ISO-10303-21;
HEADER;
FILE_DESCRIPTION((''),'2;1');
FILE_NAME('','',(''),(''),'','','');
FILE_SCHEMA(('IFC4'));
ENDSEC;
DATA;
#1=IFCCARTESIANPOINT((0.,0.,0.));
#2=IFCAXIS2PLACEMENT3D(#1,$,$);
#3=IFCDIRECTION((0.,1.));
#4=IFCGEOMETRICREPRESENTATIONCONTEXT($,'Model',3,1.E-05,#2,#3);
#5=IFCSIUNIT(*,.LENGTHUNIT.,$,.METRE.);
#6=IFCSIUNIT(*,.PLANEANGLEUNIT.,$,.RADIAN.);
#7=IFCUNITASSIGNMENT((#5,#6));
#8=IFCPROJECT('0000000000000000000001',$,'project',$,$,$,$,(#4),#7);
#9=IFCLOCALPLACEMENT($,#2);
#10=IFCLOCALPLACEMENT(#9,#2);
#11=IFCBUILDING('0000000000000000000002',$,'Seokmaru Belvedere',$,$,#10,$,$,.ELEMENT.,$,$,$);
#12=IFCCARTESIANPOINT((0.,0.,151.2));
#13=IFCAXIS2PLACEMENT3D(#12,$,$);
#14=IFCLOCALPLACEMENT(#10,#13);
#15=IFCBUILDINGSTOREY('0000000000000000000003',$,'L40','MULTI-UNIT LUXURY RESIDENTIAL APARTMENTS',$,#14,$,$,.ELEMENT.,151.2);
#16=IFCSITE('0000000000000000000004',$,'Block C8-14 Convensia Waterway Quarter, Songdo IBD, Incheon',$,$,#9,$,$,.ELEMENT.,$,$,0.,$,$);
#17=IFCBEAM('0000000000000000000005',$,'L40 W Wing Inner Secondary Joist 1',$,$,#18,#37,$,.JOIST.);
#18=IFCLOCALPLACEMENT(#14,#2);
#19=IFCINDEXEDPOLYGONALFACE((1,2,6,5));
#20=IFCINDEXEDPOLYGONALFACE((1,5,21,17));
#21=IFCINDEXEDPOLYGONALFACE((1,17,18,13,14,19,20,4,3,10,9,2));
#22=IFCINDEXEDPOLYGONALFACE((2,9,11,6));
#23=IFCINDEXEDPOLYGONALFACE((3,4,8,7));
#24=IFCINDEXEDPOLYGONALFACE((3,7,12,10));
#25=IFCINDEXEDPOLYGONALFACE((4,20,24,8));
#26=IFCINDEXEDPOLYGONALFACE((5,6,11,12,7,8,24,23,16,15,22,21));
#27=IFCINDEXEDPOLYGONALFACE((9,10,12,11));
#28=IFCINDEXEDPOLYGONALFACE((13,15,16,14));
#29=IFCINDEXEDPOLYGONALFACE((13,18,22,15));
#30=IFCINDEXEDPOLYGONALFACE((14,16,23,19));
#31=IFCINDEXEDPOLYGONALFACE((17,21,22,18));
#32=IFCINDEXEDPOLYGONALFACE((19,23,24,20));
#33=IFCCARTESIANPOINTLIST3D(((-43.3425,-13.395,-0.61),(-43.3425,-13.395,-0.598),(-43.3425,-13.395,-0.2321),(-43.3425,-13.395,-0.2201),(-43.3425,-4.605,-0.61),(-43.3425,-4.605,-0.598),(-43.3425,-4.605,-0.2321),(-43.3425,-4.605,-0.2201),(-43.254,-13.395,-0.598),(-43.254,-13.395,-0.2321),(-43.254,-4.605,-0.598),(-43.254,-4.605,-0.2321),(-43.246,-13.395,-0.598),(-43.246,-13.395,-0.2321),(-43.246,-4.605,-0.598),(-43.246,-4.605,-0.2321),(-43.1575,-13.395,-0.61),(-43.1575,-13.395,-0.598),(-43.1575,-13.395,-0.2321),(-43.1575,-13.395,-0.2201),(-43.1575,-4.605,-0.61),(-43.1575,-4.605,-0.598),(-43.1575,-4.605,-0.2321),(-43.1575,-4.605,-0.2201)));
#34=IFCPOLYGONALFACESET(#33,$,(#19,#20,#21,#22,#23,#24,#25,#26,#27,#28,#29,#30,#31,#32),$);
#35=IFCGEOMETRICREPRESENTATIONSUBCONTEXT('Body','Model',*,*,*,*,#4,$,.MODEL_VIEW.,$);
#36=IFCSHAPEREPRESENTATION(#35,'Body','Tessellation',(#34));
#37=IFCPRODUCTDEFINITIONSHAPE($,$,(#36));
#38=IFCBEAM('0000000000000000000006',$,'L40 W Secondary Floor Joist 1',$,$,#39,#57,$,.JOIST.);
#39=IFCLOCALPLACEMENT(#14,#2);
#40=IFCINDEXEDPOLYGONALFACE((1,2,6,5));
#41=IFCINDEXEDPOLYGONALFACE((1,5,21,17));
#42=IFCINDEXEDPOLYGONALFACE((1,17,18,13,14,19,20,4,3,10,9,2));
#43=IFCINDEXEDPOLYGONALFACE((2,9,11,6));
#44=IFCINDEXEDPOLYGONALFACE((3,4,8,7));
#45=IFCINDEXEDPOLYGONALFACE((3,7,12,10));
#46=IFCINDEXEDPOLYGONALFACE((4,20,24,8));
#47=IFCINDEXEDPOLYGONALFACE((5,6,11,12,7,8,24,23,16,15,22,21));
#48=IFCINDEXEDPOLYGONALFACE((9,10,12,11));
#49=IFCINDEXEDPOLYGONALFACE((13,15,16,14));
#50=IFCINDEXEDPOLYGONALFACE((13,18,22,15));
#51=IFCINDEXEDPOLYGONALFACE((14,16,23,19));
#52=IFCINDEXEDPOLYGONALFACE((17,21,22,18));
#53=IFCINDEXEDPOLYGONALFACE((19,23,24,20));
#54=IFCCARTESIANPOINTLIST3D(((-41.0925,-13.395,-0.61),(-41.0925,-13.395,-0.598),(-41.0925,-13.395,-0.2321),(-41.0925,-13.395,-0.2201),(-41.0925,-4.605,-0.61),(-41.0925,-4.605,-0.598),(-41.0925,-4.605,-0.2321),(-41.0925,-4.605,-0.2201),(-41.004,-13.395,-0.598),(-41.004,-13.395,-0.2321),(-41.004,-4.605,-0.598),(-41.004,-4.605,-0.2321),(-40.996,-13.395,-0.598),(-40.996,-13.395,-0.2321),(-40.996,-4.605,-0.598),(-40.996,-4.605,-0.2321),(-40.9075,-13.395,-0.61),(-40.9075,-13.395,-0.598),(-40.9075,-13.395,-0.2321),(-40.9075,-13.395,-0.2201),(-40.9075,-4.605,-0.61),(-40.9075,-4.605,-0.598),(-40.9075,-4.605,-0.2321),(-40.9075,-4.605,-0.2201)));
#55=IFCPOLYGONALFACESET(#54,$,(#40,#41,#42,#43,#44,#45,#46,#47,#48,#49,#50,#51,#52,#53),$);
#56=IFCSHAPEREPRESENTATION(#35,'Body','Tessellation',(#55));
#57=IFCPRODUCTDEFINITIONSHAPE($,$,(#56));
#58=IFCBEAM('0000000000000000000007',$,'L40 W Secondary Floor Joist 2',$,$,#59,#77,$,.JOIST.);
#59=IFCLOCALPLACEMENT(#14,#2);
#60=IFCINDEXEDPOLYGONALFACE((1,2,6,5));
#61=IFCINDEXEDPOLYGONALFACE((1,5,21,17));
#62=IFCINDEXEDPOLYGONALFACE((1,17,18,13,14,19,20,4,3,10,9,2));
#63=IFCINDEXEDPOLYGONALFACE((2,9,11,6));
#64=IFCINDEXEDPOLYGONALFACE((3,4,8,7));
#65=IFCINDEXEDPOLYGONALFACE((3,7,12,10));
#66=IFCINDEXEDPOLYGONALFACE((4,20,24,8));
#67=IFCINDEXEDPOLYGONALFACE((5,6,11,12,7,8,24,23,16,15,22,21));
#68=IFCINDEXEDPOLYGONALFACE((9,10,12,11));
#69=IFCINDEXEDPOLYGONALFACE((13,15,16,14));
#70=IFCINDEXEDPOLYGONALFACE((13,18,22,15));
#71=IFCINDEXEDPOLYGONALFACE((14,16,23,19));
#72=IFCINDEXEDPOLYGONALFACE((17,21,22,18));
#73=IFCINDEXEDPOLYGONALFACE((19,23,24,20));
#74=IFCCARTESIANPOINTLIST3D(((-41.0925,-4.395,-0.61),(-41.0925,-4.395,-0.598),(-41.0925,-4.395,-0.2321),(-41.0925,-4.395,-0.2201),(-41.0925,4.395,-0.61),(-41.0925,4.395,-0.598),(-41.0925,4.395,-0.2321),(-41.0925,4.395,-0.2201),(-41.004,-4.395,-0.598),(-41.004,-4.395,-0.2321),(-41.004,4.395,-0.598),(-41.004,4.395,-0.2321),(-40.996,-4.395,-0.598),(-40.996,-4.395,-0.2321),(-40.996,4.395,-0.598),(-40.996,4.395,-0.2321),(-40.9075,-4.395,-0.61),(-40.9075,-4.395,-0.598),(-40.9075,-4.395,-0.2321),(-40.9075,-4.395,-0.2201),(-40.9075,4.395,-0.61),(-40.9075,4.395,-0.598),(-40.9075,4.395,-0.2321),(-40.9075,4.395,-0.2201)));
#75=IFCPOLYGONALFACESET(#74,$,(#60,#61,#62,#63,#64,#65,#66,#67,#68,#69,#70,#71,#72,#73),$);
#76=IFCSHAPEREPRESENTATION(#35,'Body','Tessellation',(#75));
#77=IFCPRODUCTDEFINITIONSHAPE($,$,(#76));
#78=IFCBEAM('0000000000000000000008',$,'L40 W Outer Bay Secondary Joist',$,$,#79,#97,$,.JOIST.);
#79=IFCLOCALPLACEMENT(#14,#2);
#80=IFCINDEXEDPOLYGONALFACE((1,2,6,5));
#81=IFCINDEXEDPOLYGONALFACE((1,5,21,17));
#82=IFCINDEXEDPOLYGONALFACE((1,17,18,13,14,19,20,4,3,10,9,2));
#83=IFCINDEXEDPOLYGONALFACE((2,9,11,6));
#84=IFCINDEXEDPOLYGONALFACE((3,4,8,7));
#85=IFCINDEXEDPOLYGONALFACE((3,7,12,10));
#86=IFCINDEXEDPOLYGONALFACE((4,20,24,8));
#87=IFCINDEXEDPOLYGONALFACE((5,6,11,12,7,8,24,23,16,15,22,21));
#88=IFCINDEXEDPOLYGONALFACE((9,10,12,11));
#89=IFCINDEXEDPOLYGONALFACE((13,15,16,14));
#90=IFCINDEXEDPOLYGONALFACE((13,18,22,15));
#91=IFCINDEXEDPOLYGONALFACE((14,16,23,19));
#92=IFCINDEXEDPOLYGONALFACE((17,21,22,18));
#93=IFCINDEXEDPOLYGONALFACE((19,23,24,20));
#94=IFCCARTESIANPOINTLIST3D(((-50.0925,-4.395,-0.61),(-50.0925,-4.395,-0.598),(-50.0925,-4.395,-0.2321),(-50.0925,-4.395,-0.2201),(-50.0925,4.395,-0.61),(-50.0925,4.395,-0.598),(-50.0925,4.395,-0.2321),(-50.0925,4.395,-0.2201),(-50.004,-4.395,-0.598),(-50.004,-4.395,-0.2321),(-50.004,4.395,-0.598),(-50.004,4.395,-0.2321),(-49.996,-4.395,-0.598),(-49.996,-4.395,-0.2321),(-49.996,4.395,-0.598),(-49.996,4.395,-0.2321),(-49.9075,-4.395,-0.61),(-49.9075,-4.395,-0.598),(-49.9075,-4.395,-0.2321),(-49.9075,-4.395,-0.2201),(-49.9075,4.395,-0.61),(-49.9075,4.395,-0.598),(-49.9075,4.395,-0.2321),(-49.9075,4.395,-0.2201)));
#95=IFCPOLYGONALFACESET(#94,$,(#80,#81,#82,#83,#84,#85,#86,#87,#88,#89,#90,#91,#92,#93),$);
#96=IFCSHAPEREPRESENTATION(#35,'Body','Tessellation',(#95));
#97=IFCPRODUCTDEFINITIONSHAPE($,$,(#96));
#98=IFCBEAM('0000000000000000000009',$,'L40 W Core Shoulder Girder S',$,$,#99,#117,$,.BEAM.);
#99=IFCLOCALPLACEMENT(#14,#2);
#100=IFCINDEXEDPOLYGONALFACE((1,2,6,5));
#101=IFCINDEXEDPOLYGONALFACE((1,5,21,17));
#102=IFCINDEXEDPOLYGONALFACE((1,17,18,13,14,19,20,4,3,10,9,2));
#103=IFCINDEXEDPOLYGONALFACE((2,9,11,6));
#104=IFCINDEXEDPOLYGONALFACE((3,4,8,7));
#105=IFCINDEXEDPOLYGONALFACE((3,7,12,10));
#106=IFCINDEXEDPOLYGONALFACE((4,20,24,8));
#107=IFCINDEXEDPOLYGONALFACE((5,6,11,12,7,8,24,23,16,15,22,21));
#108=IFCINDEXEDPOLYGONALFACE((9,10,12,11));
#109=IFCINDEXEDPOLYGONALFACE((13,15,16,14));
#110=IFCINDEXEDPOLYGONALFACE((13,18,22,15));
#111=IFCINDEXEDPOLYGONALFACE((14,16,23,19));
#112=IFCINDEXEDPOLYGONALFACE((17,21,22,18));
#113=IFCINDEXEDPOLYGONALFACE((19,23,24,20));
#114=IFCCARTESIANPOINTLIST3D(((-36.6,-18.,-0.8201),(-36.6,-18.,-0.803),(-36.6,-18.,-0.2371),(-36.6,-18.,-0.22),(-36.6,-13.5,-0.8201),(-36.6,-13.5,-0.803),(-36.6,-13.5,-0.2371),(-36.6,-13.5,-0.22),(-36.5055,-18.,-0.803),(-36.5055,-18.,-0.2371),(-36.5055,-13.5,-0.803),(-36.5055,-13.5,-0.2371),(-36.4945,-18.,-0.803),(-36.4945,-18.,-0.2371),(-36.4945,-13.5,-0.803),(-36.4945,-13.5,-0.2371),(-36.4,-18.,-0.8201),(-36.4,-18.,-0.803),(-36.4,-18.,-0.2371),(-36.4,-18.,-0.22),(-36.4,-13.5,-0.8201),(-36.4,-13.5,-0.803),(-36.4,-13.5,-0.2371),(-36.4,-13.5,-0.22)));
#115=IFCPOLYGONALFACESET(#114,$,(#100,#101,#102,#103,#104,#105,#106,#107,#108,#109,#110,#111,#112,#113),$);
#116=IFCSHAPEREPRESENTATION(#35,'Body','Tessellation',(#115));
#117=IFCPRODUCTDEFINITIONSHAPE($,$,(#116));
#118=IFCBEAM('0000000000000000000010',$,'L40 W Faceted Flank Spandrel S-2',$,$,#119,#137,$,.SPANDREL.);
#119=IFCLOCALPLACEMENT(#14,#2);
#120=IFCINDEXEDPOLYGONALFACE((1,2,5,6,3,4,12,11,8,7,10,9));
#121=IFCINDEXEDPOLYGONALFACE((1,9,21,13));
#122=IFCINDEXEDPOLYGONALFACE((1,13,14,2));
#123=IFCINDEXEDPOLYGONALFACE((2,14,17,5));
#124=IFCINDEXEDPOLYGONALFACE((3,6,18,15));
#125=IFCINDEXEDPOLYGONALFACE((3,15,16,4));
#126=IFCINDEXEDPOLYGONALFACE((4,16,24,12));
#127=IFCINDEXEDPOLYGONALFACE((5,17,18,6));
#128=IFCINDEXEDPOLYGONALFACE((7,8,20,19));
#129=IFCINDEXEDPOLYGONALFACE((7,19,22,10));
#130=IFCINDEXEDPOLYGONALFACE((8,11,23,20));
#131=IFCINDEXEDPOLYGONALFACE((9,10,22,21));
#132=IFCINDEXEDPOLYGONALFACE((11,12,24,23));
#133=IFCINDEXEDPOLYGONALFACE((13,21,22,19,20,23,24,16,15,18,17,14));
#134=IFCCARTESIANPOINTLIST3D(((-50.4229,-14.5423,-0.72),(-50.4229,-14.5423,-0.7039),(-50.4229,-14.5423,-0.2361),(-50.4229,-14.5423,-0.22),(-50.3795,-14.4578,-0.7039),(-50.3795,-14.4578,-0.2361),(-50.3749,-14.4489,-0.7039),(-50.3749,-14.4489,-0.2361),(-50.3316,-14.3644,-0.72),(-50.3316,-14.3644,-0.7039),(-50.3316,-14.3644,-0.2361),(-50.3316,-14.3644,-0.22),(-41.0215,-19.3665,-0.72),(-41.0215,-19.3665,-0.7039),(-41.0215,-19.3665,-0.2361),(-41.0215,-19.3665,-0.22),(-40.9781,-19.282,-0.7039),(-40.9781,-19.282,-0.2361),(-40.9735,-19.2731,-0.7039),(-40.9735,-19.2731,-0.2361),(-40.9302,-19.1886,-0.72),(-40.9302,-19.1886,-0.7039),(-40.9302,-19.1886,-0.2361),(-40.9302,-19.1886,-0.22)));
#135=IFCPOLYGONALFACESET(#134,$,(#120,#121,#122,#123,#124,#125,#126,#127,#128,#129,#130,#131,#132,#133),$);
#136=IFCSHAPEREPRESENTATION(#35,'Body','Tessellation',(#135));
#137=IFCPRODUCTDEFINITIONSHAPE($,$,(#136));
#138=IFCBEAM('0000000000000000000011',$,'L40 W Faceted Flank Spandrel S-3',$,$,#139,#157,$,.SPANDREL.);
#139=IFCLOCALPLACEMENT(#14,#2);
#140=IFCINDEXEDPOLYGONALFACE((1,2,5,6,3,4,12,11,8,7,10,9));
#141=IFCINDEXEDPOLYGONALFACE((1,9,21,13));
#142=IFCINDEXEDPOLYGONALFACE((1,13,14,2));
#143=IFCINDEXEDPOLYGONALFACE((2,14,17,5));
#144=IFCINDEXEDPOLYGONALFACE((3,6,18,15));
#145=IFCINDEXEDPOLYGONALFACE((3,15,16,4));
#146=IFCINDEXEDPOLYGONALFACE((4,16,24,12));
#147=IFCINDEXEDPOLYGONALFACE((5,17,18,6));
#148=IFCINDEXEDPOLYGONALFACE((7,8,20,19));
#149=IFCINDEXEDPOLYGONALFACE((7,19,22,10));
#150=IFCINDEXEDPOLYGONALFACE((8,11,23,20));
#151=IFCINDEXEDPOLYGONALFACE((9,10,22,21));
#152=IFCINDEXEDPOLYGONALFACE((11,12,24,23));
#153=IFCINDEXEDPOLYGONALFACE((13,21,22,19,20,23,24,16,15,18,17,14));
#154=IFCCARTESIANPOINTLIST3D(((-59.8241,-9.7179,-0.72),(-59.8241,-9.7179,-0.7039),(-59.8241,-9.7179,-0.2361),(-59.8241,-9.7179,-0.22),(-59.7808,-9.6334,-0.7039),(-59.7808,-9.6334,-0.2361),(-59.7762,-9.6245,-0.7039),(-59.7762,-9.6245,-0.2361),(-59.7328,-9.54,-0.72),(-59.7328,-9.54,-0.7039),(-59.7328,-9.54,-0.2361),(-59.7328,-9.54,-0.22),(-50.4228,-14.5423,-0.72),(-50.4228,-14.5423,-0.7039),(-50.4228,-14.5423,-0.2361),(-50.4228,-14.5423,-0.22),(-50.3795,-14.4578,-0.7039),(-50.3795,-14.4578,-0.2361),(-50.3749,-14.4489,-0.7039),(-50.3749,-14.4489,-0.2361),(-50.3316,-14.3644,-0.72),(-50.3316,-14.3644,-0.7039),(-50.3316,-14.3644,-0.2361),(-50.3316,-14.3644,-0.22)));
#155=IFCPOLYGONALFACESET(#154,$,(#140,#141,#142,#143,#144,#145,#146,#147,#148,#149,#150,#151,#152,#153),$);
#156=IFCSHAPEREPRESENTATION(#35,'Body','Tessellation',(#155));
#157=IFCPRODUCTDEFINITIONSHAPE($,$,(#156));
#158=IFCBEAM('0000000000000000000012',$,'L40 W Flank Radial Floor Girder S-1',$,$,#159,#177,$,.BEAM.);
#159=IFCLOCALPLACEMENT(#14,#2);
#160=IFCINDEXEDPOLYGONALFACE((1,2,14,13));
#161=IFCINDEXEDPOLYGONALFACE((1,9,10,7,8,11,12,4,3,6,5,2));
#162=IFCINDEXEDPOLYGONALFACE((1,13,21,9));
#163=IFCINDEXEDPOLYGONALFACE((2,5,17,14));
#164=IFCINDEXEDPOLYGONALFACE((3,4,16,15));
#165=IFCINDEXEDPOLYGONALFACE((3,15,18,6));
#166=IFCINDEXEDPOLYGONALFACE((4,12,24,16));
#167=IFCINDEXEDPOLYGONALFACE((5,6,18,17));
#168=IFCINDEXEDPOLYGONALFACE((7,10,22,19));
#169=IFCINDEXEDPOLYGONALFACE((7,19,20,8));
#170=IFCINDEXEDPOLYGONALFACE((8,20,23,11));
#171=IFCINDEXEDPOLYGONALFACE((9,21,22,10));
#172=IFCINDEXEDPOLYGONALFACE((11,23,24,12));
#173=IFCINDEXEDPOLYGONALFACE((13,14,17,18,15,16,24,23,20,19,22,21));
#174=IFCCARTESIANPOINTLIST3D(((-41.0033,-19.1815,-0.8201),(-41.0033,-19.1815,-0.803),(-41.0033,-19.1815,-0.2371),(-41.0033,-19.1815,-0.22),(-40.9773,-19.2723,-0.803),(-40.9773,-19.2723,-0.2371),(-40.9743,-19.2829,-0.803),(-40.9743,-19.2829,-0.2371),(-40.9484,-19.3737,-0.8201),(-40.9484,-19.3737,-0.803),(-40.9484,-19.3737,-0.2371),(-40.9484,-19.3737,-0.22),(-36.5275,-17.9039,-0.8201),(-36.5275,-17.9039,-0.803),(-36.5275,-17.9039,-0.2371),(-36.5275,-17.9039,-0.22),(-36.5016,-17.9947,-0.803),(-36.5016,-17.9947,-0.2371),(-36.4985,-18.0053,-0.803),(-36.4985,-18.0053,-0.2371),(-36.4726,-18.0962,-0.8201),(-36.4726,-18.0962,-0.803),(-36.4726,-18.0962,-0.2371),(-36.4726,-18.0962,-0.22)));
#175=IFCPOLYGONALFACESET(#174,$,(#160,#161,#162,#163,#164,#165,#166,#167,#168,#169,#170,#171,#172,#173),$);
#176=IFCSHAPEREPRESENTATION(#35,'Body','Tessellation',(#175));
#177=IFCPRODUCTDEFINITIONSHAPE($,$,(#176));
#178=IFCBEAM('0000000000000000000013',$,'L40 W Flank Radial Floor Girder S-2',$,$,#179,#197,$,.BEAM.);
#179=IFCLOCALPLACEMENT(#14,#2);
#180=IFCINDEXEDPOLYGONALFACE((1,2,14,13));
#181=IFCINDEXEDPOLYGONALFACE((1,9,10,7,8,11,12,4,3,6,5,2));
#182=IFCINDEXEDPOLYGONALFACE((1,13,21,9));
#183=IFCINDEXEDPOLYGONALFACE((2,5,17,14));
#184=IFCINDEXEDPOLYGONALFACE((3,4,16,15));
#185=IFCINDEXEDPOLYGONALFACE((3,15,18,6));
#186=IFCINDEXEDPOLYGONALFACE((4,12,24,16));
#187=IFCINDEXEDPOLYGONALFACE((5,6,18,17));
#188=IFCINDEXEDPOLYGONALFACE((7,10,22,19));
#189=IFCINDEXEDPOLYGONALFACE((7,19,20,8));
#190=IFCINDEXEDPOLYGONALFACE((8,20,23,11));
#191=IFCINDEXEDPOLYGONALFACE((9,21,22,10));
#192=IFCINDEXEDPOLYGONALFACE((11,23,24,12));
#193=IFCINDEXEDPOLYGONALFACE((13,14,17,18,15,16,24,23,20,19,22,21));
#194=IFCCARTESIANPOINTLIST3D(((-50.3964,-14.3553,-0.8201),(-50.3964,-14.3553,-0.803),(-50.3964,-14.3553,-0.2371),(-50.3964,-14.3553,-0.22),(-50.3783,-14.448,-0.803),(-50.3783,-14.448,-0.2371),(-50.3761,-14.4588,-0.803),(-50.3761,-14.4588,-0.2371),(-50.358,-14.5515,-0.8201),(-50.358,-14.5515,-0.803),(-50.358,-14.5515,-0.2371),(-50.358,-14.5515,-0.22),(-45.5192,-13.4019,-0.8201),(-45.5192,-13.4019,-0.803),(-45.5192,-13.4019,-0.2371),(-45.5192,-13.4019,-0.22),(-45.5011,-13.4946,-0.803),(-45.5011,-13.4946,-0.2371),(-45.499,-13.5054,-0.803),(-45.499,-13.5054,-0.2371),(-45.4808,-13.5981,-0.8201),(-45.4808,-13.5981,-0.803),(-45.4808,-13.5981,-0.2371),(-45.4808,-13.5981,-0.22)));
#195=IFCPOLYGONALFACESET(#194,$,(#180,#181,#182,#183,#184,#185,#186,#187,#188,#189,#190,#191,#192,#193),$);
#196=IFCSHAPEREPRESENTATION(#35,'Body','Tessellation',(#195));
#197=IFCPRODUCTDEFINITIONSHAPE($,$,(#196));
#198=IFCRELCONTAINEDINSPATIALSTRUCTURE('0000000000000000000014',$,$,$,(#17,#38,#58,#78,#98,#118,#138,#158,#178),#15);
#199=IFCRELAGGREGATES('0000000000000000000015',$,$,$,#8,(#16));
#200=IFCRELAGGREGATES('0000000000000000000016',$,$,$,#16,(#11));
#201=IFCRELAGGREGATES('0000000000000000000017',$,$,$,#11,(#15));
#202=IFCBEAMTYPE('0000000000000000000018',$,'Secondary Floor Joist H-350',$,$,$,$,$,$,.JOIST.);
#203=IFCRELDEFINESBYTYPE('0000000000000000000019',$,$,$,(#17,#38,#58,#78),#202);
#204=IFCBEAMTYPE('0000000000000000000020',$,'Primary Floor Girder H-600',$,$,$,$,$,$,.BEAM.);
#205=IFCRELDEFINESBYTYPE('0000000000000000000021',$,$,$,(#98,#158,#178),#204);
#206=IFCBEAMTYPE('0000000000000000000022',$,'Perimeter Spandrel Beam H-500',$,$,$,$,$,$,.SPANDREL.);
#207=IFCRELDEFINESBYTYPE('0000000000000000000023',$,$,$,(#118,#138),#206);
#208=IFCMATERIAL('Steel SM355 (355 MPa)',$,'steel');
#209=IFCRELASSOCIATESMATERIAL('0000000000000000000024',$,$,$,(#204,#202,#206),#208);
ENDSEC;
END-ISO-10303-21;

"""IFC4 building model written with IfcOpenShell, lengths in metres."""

from ifc_helpers import new_model, si_unit, direction, frame, origin, origin_2d, place, context, subcontext, project, spatial, i_section, extrude, source, transform, mapped, material, material_profile, profile_set, type_object, type_shapes, element, save


model = new_model("IFC4")

# Units and contexts
model_context = context("Model", 3, precision=1e-05, world=origin(), true_north=direction((0.0, 1.0)))
body_context = subcontext(model_context, "Body", "Model", "MODEL_VIEW")
ifc_project = project(units=[si_unit("LENGTHUNIT", "METRE"), si_unit("PLANEANGLEUNIT", "RADIAN")], contexts=[model_context])

# Site, building, storey
site_placement = place(None, origin())
site = spatial("IfcSite", under=ifc_project, at=site_placement, Name="Block C8-14 Convensia Waterway Quarter, Songdo IBD, Incheon", CompositionType="ELEMENT", RefElevation=0.0)
building_placement = place(site_placement, origin())
building = spatial("IfcBuilding", under=site, at=building_placement, Name="Seokmaru Belvedere", CompositionType="ELEMENT")
storey_placement = place(building_placement, frame((0.0, 0.0, 151.2)))
storey = spatial("IfcBuildingStorey", under=building, at=storey_placement, Name="L40", Description="MULTI-UNIT LUXURY RESIDENTIAL APARTMENTS", CompositionType="ELEMENT", Elevation=151.2)

# Shared definitions
ifc_material_1 = material(Name="Steel SM355 (355 MPa)", Category="steel")

# Beams
ifc_material_profile_1 = material_profile(ifc_material_1, i_section(OverallWidth=0.2, OverallDepth=0.6001, WebThickness=0.011, FlangeThickness=0.0171, at=origin_2d()), Name="H-600x200x11x17")
ifc_profile_set_1 = profile_set([ifc_material_profile_1], Name="Steel SM355 (355 MPa)")
beam_type_1 = type_object("IfcBeamType", Name="Primary Floor Girder H-600", PredefinedType="BEAM", material=ifc_profile_set_1)
ifc_material_profile_2 = material_profile(ifc_material_1, i_section(OverallWidth=0.1851, OverallDepth=0.3899, WebThickness=0.0081, FlangeThickness=0.012, at=origin_2d()), Name="H-390x185x8x12")
ifc_profile_set_2 = profile_set([ifc_material_profile_2], Name="Steel SM355 (355 MPa)")
beam_type_2 = type_object("IfcBeamType", Name="Secondary Floor Joist H-350", PredefinedType="JOIST", material=ifc_profile_set_2)
shared_shape_1 = source(origin(), body_context, "Body", "SweptSolid", [
    extrude(i_section(OverallWidth=0.1851, OverallDepth=0.3899, WebThickness=0.0081, FlangeThickness=0.012, at=origin_2d()), origin(), (0.0, 0.0, 1.0), 8.79),
])
type_shapes(beam_type_2, [shared_shape_1])
for number, where, z_axis, x_axis, name in (
    (1, (-43.25, -13.395, -0.415), (0.0, 1.0, 0.0), (-1.0, 0.0, 0.0), "L40 W Wing Inner Secondary Joist 1"),
    (2, (-41.0, -13.395, -0.415), (0.0, 1.0, 0.0), (-1.0, 0.0, 0.0), "L40 W Secondary Floor Joist 1"),
    (3, (-41.0, -4.395, -0.415), (0.0, 1.0, 0.0), (-1.0, 0.0, 0.0), "L40 W Secondary Floor Joist 2"),
    (4, (-50.0, -4.395, -0.415), (0.0, 1.0, 0.0), (-1.0, 0.0, 0.0), "L40 W Outer Bay Secondary Joist"),
):
    element("IfcBeam", number, at=place(storey_placement, frame(where, z_axis=z_axis, x_axis=x_axis)), inside=storey, type_object=beam_type_2, Name=name, PredefinedType="JOIST", context=body_context, shape_type="MappedRepresentation", body=[
        mapped(shared_shape_1, transform((0.0, 0.0, 0.0), scale=1.0)),
    ])
shared_shape_2 = source(origin(), body_context, "Body", "SweptSolid", [
    extrude(i_section(OverallWidth=0.2, OverallDepth=0.6001, WebThickness=0.011, FlangeThickness=0.0171, at=origin_2d()), origin(), (0.0, 0.0, 1.0), 4.5),
])
beam_1_placement = place(storey_placement, frame((-36.5, -18.0, -0.52), z_axis=(0.0, 1.0, 0.0), x_axis=(-1.0, 0.0, 0.0)))
element("IfcBeam", 5, at=beam_1_placement, inside=storey, type_object=beam_type_1, Name="L40 W Core Shoulder Girder S", PredefinedType="BEAM", context=body_context, shape_type="MappedRepresentation", body=[
    mapped(shared_shape_2, transform((0.0, 0.0, 0.0), scale=1.0)),
])
ifc_material_profile_3 = material_profile(ifc_material_1, i_section(OverallWidth=0.2, OverallDepth=0.5, WebThickness=0.01, FlangeThickness=0.0161, at=origin_2d()), Name="H-500x200x10x16")
ifc_profile_set_3 = profile_set([ifc_material_profile_3], Name="Steel SM355 (355 MPa)")
beam_type_3 = type_object("IfcBeamType", Name="Perimeter Spandrel Beam H-500", PredefinedType="SPANDREL", material=ifc_profile_set_3)
shared_shape_3 = source(origin(), body_context, "Body", "SweptSolid", [
    extrude(i_section(OverallWidth=0.2, OverallDepth=0.5, WebThickness=0.01, FlangeThickness=0.0161, at=origin_2d()), origin(), (0.0, 0.0, 1.0), 10.5669),
])
type_shapes(beam_type_3, [shared_shape_3])
for number, where, z_axis, x_axis, name in (
    (6, (-40.9758, -19.2776, -0.47), (-0.889702, 0.456542, 0.0), (-0.456542, -0.889702, 0.0), "L40 W Faceted Flank Spandrel S-2"),
    (7, (-50.3772, -14.4534, -0.47), (-0.889693, 0.45656, 0.0), (-0.45656, -0.889693, 0.0), "L40 W Faceted Flank Spandrel S-3"),
):
    element("IfcBeam", number, at=place(storey_placement, frame(where, z_axis=z_axis, x_axis=x_axis)), inside=storey, type_object=beam_type_3, Name=name, PredefinedType="SPANDREL", context=body_context, shape_type="MappedRepresentation", body=[
        mapped(shared_shape_3, transform((0.0, 0.0, 0.0), scale=1.0)),
    ])
shared_shape_4 = source(origin(), body_context, "Body", "SweptSolid", [
    extrude(i_section(OverallWidth=0.2, OverallDepth=0.6001, WebThickness=0.011, FlangeThickness=0.0171, at=origin_2d()), origin(), (0.0, 0.0, 1.0), 4.6545),
])
beam_2_placement = place(storey_placement, frame((-40.9758, -19.2776, -0.52), z_axis=(0.961593, 0.274479, 0.0), x_axis=(-0.274479, 0.961593, 0.0)))
element("IfcBeam", 8, at=beam_2_placement, inside=storey, type_object=beam_type_1, Name="L40 W Flank Radial Floor Girder S-1", PredefinedType="BEAM", context=body_context, shape_type="MappedRepresentation", body=[
    mapped(shared_shape_4, transform((0.0, 0.0, 0.0), scale=1.0)),
])
shared_shape_5 = source(origin(), body_context, "Body", "SweptSolid", [
    extrude(i_section(OverallWidth=0.2, OverallDepth=0.6001, WebThickness=0.011, FlangeThickness=0.0171, at=origin_2d()), origin(), (0.0, 0.0, 1.0), 4.9695),
])
beam_3_placement = place(storey_placement, frame((-50.3772, -14.4534, -0.52), z_axis=(0.981425, 0.191844, 0.0), x_axis=(-0.191844, 0.981425, 0.0)))
element("IfcBeam", 9, at=beam_3_placement, inside=storey, type_object=beam_type_1, Name="L40 W Flank Radial Floor Girder S-2", PredefinedType="BEAM", context=body_context, shape_type="MappedRepresentation", body=[
    mapped(shared_shape_5, transform((0.0, 0.0, 0.0), scale=1.0)),
])

save(model, "model.ifc")
